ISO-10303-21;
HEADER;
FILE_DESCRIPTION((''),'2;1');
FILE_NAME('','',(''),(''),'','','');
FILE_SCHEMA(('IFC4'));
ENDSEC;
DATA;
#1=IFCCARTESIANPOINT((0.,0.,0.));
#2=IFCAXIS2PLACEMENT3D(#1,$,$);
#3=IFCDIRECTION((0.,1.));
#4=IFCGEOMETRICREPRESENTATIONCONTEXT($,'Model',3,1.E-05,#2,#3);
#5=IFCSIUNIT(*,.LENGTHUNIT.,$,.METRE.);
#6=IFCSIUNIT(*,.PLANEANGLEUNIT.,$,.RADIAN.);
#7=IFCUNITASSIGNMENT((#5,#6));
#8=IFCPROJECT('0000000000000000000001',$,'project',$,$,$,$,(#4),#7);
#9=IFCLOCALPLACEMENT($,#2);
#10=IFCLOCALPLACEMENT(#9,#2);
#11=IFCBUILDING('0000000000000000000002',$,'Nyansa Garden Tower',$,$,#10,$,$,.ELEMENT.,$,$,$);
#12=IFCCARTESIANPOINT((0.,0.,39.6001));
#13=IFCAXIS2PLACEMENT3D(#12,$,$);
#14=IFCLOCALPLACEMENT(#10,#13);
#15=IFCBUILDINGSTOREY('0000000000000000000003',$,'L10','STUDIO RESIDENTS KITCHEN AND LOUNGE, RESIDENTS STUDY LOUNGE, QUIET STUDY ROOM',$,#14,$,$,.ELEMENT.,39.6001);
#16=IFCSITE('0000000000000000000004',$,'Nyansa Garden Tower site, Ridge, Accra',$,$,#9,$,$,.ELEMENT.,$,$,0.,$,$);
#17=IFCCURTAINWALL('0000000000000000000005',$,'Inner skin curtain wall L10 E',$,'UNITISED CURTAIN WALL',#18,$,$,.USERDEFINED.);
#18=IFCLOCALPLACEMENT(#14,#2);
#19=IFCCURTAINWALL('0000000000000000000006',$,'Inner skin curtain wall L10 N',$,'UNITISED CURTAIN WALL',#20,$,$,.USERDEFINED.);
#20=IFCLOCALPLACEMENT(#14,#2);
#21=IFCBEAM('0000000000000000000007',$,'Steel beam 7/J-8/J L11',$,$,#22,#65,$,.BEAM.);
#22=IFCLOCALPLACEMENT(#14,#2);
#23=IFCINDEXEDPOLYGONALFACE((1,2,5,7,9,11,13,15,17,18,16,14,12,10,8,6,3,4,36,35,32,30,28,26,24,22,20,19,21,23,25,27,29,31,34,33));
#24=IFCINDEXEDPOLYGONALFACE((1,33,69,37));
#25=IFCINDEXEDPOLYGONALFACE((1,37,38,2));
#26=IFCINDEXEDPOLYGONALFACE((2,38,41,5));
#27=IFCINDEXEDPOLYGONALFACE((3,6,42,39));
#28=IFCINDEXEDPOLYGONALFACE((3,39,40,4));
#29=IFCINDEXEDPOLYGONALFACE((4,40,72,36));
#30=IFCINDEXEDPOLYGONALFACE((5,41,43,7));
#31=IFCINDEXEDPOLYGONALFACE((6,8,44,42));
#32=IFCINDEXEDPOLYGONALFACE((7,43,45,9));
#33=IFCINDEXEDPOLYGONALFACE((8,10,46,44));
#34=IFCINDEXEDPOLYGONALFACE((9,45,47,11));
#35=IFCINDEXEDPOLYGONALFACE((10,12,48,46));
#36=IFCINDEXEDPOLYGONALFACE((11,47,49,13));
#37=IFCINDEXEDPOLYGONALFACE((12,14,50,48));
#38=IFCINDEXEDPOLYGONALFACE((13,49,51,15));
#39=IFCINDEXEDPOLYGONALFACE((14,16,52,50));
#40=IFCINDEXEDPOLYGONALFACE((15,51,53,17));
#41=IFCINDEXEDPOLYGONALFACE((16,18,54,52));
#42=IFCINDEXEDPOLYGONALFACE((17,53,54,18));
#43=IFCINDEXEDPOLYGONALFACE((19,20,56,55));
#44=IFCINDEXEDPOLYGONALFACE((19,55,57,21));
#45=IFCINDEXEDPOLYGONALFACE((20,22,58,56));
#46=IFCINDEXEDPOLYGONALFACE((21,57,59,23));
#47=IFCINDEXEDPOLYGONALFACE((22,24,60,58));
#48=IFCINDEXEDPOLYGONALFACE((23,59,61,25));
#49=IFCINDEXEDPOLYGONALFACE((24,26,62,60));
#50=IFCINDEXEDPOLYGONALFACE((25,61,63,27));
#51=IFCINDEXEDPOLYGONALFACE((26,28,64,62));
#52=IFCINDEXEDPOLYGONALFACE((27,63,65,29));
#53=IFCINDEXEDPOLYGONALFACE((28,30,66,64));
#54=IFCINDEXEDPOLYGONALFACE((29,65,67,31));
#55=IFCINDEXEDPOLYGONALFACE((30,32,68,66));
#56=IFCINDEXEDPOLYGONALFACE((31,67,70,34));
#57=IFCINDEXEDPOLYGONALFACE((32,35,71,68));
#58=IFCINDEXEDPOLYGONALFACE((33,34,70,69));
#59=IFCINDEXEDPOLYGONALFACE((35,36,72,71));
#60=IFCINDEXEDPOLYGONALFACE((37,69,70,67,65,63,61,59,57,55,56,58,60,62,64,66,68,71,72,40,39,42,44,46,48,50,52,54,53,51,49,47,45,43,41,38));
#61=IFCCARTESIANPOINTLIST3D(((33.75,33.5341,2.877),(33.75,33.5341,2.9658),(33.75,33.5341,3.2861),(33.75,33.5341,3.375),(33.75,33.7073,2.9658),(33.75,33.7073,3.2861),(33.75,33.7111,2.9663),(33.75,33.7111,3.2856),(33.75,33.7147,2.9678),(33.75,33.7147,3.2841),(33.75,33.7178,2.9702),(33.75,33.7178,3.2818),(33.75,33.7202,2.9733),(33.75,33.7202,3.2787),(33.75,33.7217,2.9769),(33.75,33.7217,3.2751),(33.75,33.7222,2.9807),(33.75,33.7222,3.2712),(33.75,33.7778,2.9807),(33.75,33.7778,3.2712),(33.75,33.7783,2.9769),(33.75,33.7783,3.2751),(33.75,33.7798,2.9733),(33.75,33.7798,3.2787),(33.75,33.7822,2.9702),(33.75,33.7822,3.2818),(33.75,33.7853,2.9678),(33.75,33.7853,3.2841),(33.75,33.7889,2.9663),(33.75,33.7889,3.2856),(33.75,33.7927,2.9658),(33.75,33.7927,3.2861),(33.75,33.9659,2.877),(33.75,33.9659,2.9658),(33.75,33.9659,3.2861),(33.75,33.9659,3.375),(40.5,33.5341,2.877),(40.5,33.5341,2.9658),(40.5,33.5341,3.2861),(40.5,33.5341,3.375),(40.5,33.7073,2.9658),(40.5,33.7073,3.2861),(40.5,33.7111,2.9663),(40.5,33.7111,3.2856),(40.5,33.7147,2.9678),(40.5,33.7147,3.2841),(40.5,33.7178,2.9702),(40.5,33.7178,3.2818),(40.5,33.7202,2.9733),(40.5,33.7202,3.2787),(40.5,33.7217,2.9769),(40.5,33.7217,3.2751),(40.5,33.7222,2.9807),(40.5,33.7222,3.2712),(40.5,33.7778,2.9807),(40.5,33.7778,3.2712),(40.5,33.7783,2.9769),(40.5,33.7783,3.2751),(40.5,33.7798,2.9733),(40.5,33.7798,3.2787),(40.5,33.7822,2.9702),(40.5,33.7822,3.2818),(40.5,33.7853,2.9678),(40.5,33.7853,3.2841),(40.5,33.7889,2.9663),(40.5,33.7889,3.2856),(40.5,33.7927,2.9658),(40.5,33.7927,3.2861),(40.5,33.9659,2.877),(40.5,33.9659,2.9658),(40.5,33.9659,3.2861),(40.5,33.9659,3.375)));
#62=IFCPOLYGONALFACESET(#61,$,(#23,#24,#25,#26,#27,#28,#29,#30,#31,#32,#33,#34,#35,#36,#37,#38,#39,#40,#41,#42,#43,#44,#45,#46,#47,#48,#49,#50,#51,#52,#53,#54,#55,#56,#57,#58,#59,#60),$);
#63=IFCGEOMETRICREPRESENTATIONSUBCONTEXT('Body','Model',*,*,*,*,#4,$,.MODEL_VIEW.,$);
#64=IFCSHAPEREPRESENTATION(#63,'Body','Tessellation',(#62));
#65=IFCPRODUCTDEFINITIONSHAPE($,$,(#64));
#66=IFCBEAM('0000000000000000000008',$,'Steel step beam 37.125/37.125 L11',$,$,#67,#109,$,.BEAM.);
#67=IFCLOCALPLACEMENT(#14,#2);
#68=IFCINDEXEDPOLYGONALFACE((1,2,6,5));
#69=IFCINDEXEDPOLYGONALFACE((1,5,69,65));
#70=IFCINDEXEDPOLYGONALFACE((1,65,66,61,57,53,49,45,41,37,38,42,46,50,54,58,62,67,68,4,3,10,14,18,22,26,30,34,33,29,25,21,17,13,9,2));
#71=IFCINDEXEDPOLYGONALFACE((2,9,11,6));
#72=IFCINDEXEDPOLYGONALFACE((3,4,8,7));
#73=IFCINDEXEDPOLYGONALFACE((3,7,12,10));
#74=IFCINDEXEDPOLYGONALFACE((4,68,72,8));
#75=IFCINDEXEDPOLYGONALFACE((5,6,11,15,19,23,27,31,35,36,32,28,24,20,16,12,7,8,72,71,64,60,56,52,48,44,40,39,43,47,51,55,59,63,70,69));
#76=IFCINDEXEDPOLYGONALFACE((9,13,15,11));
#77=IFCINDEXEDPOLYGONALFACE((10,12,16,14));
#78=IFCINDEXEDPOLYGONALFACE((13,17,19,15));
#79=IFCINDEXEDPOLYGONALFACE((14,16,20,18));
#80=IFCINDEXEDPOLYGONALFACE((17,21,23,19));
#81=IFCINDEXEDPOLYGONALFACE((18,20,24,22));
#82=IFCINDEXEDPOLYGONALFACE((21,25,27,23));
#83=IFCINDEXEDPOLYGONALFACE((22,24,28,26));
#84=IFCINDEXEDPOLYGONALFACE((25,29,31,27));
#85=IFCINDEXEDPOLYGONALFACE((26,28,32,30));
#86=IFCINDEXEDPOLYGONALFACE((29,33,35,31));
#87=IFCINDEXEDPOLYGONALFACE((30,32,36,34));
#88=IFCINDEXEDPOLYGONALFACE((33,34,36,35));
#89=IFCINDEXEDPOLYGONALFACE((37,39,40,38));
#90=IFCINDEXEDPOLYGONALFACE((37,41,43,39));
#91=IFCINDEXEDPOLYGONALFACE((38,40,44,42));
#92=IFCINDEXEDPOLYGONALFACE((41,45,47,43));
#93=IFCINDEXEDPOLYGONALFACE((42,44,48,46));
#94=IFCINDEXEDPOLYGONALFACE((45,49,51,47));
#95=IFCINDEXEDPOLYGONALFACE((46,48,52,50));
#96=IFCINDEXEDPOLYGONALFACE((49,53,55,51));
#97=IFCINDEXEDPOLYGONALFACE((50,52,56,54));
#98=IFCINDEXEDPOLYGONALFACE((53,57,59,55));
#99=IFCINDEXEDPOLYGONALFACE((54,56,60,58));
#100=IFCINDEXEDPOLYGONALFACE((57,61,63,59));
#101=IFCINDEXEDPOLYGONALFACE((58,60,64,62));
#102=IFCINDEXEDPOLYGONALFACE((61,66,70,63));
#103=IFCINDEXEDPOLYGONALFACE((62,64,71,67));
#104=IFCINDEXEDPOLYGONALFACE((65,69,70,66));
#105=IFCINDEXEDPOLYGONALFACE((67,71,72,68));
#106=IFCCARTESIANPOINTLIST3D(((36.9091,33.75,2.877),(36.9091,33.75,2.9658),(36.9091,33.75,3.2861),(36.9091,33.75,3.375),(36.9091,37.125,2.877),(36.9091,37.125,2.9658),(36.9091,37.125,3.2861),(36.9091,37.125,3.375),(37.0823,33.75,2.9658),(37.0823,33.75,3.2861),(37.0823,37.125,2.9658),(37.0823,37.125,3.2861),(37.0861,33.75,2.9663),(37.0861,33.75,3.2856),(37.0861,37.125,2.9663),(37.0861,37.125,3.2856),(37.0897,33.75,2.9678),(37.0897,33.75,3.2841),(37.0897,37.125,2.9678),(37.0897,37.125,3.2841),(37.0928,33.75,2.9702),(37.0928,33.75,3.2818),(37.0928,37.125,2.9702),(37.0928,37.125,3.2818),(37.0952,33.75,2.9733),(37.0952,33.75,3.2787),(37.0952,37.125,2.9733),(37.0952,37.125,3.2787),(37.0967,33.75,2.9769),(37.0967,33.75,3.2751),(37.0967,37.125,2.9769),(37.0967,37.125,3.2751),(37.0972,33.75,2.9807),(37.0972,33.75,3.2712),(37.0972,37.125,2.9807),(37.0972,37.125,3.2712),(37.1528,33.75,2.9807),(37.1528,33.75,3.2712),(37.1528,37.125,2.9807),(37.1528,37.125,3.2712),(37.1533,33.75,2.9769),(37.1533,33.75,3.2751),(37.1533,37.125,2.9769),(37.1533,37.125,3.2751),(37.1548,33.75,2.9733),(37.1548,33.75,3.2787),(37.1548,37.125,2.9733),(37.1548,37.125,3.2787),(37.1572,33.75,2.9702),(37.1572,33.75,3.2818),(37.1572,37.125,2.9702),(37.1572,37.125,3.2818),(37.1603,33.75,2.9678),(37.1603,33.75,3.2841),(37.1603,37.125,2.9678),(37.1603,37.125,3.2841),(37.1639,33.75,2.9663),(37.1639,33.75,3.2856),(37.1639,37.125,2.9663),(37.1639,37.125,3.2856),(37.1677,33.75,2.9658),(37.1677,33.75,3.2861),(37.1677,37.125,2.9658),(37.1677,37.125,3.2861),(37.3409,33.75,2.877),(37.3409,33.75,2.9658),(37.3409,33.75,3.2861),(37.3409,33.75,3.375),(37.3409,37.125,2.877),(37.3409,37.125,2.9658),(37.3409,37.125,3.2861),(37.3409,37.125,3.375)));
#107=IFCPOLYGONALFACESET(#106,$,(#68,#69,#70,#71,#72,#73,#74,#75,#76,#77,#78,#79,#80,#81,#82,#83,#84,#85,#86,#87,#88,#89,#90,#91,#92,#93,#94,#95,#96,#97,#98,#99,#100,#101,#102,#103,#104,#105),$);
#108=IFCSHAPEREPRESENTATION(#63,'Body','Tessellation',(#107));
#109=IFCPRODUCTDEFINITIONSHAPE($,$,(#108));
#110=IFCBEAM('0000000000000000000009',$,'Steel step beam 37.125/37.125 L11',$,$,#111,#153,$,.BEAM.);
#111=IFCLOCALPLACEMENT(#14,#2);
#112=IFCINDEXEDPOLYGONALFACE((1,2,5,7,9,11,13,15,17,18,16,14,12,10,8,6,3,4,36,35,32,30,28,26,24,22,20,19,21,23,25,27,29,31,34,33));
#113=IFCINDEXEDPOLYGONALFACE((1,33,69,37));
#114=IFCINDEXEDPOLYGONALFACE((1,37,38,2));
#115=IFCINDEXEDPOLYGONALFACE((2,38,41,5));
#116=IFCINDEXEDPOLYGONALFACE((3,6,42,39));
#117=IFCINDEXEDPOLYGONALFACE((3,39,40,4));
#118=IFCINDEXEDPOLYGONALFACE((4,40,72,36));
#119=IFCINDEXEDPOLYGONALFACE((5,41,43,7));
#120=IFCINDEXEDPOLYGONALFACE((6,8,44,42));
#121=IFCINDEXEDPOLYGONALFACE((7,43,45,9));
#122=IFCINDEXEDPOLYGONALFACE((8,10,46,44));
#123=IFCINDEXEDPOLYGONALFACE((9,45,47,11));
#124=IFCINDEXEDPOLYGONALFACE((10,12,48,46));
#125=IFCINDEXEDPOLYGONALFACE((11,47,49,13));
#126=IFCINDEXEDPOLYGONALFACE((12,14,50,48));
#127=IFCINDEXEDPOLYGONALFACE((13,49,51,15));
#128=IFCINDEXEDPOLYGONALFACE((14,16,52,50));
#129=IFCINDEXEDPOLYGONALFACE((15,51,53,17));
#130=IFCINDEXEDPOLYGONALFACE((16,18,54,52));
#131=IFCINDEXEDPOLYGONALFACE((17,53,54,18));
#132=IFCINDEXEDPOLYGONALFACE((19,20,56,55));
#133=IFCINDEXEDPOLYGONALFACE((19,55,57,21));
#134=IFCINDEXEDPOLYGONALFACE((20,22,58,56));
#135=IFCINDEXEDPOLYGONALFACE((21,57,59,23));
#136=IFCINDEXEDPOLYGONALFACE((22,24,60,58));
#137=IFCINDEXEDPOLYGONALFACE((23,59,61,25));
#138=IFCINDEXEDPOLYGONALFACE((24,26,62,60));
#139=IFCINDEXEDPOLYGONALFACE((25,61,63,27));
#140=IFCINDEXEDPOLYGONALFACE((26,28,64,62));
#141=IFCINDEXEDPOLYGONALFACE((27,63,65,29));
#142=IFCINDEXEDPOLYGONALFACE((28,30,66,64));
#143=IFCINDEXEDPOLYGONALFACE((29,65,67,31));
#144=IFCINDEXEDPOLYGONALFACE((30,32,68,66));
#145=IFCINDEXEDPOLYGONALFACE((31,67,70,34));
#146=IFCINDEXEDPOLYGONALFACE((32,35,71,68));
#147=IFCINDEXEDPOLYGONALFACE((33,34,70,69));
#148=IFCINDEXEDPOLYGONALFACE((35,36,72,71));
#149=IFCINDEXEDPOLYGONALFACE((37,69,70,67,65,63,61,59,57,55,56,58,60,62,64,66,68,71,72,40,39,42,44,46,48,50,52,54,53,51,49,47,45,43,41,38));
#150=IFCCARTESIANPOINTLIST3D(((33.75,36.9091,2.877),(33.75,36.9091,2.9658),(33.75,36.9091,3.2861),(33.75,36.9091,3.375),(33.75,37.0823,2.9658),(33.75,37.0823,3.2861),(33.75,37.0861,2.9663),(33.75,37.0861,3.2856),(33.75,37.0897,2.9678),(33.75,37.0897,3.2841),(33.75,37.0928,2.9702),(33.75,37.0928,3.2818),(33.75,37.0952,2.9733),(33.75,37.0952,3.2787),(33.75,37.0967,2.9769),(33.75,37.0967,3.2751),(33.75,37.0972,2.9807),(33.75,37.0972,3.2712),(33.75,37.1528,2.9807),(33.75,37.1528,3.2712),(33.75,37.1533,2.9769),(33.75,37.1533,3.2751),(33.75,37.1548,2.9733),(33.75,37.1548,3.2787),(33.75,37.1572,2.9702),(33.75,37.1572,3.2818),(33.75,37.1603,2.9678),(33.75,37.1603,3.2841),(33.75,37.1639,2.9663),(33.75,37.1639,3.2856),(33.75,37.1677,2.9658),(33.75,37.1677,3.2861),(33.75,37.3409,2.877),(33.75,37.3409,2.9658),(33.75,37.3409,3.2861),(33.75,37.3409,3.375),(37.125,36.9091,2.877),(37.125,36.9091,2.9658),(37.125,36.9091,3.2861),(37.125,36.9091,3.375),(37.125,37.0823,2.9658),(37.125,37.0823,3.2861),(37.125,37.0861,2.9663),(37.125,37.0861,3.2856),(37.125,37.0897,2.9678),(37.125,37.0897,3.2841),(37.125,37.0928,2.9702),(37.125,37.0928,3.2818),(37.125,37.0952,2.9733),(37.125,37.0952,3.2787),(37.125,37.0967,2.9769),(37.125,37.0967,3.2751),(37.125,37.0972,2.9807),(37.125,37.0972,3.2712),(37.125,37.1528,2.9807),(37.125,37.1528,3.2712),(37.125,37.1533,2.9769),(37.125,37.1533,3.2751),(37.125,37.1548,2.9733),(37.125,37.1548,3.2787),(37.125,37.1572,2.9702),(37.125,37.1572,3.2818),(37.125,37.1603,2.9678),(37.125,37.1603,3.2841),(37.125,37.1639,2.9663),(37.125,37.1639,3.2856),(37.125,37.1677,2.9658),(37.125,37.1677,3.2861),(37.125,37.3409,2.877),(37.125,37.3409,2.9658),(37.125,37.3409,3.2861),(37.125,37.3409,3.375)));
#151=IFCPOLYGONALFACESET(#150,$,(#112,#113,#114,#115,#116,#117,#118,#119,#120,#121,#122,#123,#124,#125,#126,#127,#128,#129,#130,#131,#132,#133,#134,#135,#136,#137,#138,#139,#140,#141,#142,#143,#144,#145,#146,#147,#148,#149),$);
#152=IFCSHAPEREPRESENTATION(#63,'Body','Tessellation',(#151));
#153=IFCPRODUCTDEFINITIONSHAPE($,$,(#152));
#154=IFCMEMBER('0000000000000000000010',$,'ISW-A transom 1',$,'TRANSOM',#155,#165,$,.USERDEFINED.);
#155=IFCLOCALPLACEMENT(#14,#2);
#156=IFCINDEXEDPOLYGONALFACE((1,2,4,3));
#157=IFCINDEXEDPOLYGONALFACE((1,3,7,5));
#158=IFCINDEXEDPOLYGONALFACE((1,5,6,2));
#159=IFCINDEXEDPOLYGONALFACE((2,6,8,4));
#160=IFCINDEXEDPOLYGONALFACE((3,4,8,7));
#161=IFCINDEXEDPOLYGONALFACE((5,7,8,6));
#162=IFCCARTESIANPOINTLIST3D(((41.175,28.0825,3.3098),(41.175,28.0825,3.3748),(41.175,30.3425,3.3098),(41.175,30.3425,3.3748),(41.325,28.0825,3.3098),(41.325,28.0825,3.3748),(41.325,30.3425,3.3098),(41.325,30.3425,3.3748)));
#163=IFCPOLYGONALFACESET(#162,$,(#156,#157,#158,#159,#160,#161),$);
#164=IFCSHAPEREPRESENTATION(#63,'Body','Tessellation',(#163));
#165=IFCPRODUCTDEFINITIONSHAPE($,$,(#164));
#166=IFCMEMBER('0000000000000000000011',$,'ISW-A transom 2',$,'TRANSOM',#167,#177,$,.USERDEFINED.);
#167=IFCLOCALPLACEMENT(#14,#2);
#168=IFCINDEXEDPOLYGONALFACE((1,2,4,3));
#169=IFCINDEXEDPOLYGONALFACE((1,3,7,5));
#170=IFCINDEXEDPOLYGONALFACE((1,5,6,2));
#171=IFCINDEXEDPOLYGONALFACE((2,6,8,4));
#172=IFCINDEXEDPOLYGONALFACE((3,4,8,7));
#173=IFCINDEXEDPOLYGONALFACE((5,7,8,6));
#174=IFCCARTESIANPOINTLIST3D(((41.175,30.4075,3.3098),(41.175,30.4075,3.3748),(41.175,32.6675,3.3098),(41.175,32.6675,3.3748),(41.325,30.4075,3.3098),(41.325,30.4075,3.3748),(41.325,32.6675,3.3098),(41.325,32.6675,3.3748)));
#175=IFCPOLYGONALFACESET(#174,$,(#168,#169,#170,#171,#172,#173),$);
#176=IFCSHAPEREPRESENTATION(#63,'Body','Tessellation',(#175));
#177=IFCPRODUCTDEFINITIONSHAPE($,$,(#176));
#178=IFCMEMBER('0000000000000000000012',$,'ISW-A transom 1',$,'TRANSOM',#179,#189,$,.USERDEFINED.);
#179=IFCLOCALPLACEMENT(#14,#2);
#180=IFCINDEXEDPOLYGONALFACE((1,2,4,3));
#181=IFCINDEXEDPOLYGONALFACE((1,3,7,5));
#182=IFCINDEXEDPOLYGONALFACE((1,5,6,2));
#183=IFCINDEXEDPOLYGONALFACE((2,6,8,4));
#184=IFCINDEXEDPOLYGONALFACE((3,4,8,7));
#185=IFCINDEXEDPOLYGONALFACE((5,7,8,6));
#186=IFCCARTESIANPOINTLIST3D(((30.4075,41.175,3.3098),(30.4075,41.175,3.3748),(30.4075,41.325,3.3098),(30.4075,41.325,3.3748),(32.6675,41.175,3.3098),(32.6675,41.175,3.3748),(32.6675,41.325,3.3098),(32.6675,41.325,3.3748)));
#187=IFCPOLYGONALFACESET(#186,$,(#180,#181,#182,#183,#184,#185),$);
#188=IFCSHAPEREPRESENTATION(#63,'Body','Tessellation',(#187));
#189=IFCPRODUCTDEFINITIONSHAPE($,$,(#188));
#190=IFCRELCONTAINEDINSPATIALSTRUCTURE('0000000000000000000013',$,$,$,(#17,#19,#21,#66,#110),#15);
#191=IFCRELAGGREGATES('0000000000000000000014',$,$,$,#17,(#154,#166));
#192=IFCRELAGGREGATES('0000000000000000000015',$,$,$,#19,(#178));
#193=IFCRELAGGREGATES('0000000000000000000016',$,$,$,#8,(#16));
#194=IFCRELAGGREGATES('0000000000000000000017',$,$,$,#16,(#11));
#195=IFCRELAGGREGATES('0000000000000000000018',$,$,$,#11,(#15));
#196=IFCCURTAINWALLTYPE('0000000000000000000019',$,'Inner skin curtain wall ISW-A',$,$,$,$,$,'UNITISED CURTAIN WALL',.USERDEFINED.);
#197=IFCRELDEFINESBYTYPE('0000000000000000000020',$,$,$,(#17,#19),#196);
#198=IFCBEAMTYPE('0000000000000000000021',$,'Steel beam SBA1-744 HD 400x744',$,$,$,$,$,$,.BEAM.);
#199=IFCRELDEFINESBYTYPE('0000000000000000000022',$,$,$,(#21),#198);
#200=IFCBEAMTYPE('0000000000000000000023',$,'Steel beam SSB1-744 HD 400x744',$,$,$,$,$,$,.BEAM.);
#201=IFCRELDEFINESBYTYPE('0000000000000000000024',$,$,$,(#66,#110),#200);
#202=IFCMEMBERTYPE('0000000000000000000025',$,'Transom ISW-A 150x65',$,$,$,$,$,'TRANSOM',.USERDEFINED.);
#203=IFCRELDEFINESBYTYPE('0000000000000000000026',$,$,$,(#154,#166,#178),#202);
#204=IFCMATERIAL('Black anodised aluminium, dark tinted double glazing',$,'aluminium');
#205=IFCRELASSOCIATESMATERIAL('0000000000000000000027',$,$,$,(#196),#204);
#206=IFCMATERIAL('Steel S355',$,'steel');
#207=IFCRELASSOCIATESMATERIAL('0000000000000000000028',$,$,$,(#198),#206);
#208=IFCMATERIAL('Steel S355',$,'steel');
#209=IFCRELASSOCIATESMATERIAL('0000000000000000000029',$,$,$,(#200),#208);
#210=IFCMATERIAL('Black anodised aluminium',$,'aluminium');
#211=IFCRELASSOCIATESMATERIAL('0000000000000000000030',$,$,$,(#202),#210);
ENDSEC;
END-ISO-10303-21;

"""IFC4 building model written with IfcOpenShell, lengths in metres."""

from ifc_helpers import new_model, si_unit, direction, frame, origin, origin_2d, place, context, subcontext, project, spatial, rectangle, i_section, extrude, material, material_profile, profile_set, type_object, element, aggregate, save


model = new_model("IFC4")

# Units and contexts
model_context = context("Model", 3, precision=1e-05, world=origin(), true_north=direction((0.0, 1.0)))
body_context = subcontext(model_context, "Body", "Model", "MODEL_VIEW")
ifc_project = project(units=[si_unit("LENGTHUNIT", "METRE"), si_unit("PLANEANGLEUNIT", "RADIAN")], contexts=[model_context])

# Site, building, storey
site_placement = place(None, origin())
site = spatial("IfcSite", under=ifc_project, at=site_placement, Name="Nyansa Garden Tower site, Ridge, Accra", CompositionType="ELEMENT", RefElevation=0.0)
building_placement = place(site_placement, origin())
building = spatial("IfcBuilding", under=site, at=building_placement, Name="Nyansa Garden Tower", CompositionType="ELEMENT")
storey_placement = place(building_placement, frame((0.0, 0.0, 39.6001)))
storey = spatial("IfcBuildingStorey", under=building, at=storey_placement, Name="L10", Description="STUDIO RESIDENTS KITCHEN AND LOUNGE, RESIDENTS STUDY LOUNGE, QUIET STUDY ROOM", CompositionType="ELEMENT", Elevation=39.6001)

# Curtain wall
ifc_material_1 = material(Name="Black anodised aluminium, dark tinted double glazing", Category="aluminium")
curtain_wall_type = type_object("IfcCurtainWallType", Name="Inner skin curtain wall ISW-A", ElementType="UNITISED CURTAIN WALL", PredefinedType="USERDEFINED", material=ifc_material_1)
curtain_wall_1_placement = place(storey_placement, origin())
curtain_wall_1 = element("IfcCurtainWall", 1, at=curtain_wall_1_placement, inside=storey, type_object=curtain_wall_type, Name="Inner skin curtain wall L10 E", ObjectType="UNITISED CURTAIN WALL", PredefinedType="USERDEFINED")

# Curtain wall
curtain_wall_2_placement = place(storey_placement, origin())
curtain_wall_2 = element("IfcCurtainWall", 2, at=curtain_wall_2_placement, inside=storey, type_object=curtain_wall_type, Name="Inner skin curtain wall L10 N", ObjectType="UNITISED CURTAIN WALL", PredefinedType="USERDEFINED")

# Beams
ifc_material_2 = material(Name="Steel S355", Category="steel")
ifc_material_profile_1 = material_profile(ifc_material_2, i_section(OverallWidth=0.4319, OverallDepth=0.498, WebThickness=0.0557, FlangeThickness=0.0889, FilletRadius=0.0149, at=origin_2d()), Name="HD 400x744")
ifc_profile_set_1 = profile_set([ifc_material_profile_1], Name="Steel S355")
beam_type_1 = type_object("IfcBeamType", Name="Steel beam SBA1-744 HD 400x744", PredefinedType="BEAM", material=ifc_profile_set_1)
for number, where, z_axis, x_axis, name in (
    (3, (33.75, 33.75, 3.126), (1.0, 0.0, 0.0), (0.0, 1.0, 0.0), "Steel beam 7/J-8/J L11"),
):
    element("IfcBeam", number, at=place(storey_placement, frame(where, z_axis=z_axis, x_axis=x_axis)), inside=storey, type_object=beam_type_1, Name=name, PredefinedType="BEAM", context=body_context, shape_type="SweptSolid", body=[
        extrude(i_section(OverallWidth=0.4319, OverallDepth=0.498, WebThickness=0.0557, FlangeThickness=0.0889, FilletRadius=0.0149, at=origin_2d()), origin(), (0.0, 0.0, 1.0), 6.75),
    ])
ifc_material_3 = material(Name="Steel S355", Category="steel")
ifc_material_profile_2 = material_profile(ifc_material_3, i_section(OverallWidth=0.4319, OverallDepth=0.498, WebThickness=0.0557, FlangeThickness=0.0889, FilletRadius=0.0149, at=origin_2d()), Name="HD 400x744")
ifc_profile_set_2 = profile_set([ifc_material_profile_2], Name="Steel S355")
beam_type_2 = type_object("IfcBeamType", Name="Steel beam SSB1-744 HD 400x744", PredefinedType="BEAM", material=ifc_profile_set_2)
for number, where, z_axis, x_axis, name in (
    (4, (37.125, 37.125, 3.126), (0.0, -1.0, 0.0), (1.0, 0.0, 0.0), "Steel step beam 37.125/37.125 L11"),
    (5, (37.125, 37.125, 3.126), (-1.0, 0.0, 0.0), (0.0, -1.0, 0.0), "Steel step beam 37.125/37.125 L11"),
):
    element("IfcBeam", number, at=place(storey_placement, frame(where, z_axis=z_axis, x_axis=x_axis)), inside=storey, type_object=beam_type_2, Name=name, PredefinedType="BEAM", context=body_context, shape_type="SweptSolid", body=[
        extrude(i_section(OverallWidth=0.4319, OverallDepth=0.498, WebThickness=0.0557, FlangeThickness=0.0889, FilletRadius=0.0149, at=origin_2d()), origin(), (0.0, 0.0, 1.0), 3.375),
    ])

# Members
ifc_material_4 = material(Name="Black anodised aluminium", Category="aluminium")
ifc_material_profile_3 = material_profile(ifc_material_4, rectangle(XDim=0.1499, YDim=0.0649, at=origin_2d()), Name="Transom 150x65")
ifc_profile_set_3 = profile_set([ifc_material_profile_3], Name="Black anodised aluminium")
member_type_1 = type_object("IfcMemberType", Name="Transom ISW-A 150x65", ElementType="TRANSOM", PredefinedType="USERDEFINED", material=ifc_profile_set_3)
member_1_placement = place(storey_placement, frame((41.25, 28.0825, 3.3423), z_axis=(0.0, 1.0, 0.0), x_axis=(-1.0, 0.0, 0.0)))
member_1 = element("IfcMember", 6, at=member_1_placement, type_object=member_type_1, Name="ISW-A transom 1", ObjectType="TRANSOM", PredefinedType="USERDEFINED", context=body_context, shape_type="SweptSolid", body=[
    extrude(rectangle(XDim=0.1499, YDim=0.0649, at=origin_2d()), origin(), (0.0, 0.0, 1.0), 2.26),
])
member_2_placement = place(storey_placement, frame((41.25, 30.4075, 3.3423), z_axis=(0.0, 1.0, 0.0), x_axis=(-1.0, 0.0, 0.0)))
member_2 = element("IfcMember", 7, at=member_2_placement, type_object=member_type_1, Name="ISW-A transom 2", ObjectType="TRANSOM", PredefinedType="USERDEFINED", context=body_context, shape_type="SweptSolid", body=[
    extrude(rectangle(XDim=0.1499, YDim=0.0649, at=origin_2d()), origin(), (0.0, 0.0, 1.0), 2.26),
])
member_3_placement = place(storey_placement, frame((32.6675, 41.25, 3.3423), z_axis=(-1.0, 0.0, 0.0), x_axis=(0.0, -1.0, 0.0)))
member_3 = element("IfcMember", 8, at=member_3_placement, type_object=member_type_1, Name="ISW-A transom 1", ObjectType="TRANSOM", PredefinedType="USERDEFINED", context=body_context, shape_type="SweptSolid", body=[
    extrude(rectangle(XDim=0.1499, YDim=0.0649, at=origin_2d()), origin(), (0.0, 0.0, 1.0), 2.26),
])

aggregate(curtain_wall_1, [member_1, member_2])
aggregate(curtain_wall_2, [member_3])

save(model, "model.ifc")
